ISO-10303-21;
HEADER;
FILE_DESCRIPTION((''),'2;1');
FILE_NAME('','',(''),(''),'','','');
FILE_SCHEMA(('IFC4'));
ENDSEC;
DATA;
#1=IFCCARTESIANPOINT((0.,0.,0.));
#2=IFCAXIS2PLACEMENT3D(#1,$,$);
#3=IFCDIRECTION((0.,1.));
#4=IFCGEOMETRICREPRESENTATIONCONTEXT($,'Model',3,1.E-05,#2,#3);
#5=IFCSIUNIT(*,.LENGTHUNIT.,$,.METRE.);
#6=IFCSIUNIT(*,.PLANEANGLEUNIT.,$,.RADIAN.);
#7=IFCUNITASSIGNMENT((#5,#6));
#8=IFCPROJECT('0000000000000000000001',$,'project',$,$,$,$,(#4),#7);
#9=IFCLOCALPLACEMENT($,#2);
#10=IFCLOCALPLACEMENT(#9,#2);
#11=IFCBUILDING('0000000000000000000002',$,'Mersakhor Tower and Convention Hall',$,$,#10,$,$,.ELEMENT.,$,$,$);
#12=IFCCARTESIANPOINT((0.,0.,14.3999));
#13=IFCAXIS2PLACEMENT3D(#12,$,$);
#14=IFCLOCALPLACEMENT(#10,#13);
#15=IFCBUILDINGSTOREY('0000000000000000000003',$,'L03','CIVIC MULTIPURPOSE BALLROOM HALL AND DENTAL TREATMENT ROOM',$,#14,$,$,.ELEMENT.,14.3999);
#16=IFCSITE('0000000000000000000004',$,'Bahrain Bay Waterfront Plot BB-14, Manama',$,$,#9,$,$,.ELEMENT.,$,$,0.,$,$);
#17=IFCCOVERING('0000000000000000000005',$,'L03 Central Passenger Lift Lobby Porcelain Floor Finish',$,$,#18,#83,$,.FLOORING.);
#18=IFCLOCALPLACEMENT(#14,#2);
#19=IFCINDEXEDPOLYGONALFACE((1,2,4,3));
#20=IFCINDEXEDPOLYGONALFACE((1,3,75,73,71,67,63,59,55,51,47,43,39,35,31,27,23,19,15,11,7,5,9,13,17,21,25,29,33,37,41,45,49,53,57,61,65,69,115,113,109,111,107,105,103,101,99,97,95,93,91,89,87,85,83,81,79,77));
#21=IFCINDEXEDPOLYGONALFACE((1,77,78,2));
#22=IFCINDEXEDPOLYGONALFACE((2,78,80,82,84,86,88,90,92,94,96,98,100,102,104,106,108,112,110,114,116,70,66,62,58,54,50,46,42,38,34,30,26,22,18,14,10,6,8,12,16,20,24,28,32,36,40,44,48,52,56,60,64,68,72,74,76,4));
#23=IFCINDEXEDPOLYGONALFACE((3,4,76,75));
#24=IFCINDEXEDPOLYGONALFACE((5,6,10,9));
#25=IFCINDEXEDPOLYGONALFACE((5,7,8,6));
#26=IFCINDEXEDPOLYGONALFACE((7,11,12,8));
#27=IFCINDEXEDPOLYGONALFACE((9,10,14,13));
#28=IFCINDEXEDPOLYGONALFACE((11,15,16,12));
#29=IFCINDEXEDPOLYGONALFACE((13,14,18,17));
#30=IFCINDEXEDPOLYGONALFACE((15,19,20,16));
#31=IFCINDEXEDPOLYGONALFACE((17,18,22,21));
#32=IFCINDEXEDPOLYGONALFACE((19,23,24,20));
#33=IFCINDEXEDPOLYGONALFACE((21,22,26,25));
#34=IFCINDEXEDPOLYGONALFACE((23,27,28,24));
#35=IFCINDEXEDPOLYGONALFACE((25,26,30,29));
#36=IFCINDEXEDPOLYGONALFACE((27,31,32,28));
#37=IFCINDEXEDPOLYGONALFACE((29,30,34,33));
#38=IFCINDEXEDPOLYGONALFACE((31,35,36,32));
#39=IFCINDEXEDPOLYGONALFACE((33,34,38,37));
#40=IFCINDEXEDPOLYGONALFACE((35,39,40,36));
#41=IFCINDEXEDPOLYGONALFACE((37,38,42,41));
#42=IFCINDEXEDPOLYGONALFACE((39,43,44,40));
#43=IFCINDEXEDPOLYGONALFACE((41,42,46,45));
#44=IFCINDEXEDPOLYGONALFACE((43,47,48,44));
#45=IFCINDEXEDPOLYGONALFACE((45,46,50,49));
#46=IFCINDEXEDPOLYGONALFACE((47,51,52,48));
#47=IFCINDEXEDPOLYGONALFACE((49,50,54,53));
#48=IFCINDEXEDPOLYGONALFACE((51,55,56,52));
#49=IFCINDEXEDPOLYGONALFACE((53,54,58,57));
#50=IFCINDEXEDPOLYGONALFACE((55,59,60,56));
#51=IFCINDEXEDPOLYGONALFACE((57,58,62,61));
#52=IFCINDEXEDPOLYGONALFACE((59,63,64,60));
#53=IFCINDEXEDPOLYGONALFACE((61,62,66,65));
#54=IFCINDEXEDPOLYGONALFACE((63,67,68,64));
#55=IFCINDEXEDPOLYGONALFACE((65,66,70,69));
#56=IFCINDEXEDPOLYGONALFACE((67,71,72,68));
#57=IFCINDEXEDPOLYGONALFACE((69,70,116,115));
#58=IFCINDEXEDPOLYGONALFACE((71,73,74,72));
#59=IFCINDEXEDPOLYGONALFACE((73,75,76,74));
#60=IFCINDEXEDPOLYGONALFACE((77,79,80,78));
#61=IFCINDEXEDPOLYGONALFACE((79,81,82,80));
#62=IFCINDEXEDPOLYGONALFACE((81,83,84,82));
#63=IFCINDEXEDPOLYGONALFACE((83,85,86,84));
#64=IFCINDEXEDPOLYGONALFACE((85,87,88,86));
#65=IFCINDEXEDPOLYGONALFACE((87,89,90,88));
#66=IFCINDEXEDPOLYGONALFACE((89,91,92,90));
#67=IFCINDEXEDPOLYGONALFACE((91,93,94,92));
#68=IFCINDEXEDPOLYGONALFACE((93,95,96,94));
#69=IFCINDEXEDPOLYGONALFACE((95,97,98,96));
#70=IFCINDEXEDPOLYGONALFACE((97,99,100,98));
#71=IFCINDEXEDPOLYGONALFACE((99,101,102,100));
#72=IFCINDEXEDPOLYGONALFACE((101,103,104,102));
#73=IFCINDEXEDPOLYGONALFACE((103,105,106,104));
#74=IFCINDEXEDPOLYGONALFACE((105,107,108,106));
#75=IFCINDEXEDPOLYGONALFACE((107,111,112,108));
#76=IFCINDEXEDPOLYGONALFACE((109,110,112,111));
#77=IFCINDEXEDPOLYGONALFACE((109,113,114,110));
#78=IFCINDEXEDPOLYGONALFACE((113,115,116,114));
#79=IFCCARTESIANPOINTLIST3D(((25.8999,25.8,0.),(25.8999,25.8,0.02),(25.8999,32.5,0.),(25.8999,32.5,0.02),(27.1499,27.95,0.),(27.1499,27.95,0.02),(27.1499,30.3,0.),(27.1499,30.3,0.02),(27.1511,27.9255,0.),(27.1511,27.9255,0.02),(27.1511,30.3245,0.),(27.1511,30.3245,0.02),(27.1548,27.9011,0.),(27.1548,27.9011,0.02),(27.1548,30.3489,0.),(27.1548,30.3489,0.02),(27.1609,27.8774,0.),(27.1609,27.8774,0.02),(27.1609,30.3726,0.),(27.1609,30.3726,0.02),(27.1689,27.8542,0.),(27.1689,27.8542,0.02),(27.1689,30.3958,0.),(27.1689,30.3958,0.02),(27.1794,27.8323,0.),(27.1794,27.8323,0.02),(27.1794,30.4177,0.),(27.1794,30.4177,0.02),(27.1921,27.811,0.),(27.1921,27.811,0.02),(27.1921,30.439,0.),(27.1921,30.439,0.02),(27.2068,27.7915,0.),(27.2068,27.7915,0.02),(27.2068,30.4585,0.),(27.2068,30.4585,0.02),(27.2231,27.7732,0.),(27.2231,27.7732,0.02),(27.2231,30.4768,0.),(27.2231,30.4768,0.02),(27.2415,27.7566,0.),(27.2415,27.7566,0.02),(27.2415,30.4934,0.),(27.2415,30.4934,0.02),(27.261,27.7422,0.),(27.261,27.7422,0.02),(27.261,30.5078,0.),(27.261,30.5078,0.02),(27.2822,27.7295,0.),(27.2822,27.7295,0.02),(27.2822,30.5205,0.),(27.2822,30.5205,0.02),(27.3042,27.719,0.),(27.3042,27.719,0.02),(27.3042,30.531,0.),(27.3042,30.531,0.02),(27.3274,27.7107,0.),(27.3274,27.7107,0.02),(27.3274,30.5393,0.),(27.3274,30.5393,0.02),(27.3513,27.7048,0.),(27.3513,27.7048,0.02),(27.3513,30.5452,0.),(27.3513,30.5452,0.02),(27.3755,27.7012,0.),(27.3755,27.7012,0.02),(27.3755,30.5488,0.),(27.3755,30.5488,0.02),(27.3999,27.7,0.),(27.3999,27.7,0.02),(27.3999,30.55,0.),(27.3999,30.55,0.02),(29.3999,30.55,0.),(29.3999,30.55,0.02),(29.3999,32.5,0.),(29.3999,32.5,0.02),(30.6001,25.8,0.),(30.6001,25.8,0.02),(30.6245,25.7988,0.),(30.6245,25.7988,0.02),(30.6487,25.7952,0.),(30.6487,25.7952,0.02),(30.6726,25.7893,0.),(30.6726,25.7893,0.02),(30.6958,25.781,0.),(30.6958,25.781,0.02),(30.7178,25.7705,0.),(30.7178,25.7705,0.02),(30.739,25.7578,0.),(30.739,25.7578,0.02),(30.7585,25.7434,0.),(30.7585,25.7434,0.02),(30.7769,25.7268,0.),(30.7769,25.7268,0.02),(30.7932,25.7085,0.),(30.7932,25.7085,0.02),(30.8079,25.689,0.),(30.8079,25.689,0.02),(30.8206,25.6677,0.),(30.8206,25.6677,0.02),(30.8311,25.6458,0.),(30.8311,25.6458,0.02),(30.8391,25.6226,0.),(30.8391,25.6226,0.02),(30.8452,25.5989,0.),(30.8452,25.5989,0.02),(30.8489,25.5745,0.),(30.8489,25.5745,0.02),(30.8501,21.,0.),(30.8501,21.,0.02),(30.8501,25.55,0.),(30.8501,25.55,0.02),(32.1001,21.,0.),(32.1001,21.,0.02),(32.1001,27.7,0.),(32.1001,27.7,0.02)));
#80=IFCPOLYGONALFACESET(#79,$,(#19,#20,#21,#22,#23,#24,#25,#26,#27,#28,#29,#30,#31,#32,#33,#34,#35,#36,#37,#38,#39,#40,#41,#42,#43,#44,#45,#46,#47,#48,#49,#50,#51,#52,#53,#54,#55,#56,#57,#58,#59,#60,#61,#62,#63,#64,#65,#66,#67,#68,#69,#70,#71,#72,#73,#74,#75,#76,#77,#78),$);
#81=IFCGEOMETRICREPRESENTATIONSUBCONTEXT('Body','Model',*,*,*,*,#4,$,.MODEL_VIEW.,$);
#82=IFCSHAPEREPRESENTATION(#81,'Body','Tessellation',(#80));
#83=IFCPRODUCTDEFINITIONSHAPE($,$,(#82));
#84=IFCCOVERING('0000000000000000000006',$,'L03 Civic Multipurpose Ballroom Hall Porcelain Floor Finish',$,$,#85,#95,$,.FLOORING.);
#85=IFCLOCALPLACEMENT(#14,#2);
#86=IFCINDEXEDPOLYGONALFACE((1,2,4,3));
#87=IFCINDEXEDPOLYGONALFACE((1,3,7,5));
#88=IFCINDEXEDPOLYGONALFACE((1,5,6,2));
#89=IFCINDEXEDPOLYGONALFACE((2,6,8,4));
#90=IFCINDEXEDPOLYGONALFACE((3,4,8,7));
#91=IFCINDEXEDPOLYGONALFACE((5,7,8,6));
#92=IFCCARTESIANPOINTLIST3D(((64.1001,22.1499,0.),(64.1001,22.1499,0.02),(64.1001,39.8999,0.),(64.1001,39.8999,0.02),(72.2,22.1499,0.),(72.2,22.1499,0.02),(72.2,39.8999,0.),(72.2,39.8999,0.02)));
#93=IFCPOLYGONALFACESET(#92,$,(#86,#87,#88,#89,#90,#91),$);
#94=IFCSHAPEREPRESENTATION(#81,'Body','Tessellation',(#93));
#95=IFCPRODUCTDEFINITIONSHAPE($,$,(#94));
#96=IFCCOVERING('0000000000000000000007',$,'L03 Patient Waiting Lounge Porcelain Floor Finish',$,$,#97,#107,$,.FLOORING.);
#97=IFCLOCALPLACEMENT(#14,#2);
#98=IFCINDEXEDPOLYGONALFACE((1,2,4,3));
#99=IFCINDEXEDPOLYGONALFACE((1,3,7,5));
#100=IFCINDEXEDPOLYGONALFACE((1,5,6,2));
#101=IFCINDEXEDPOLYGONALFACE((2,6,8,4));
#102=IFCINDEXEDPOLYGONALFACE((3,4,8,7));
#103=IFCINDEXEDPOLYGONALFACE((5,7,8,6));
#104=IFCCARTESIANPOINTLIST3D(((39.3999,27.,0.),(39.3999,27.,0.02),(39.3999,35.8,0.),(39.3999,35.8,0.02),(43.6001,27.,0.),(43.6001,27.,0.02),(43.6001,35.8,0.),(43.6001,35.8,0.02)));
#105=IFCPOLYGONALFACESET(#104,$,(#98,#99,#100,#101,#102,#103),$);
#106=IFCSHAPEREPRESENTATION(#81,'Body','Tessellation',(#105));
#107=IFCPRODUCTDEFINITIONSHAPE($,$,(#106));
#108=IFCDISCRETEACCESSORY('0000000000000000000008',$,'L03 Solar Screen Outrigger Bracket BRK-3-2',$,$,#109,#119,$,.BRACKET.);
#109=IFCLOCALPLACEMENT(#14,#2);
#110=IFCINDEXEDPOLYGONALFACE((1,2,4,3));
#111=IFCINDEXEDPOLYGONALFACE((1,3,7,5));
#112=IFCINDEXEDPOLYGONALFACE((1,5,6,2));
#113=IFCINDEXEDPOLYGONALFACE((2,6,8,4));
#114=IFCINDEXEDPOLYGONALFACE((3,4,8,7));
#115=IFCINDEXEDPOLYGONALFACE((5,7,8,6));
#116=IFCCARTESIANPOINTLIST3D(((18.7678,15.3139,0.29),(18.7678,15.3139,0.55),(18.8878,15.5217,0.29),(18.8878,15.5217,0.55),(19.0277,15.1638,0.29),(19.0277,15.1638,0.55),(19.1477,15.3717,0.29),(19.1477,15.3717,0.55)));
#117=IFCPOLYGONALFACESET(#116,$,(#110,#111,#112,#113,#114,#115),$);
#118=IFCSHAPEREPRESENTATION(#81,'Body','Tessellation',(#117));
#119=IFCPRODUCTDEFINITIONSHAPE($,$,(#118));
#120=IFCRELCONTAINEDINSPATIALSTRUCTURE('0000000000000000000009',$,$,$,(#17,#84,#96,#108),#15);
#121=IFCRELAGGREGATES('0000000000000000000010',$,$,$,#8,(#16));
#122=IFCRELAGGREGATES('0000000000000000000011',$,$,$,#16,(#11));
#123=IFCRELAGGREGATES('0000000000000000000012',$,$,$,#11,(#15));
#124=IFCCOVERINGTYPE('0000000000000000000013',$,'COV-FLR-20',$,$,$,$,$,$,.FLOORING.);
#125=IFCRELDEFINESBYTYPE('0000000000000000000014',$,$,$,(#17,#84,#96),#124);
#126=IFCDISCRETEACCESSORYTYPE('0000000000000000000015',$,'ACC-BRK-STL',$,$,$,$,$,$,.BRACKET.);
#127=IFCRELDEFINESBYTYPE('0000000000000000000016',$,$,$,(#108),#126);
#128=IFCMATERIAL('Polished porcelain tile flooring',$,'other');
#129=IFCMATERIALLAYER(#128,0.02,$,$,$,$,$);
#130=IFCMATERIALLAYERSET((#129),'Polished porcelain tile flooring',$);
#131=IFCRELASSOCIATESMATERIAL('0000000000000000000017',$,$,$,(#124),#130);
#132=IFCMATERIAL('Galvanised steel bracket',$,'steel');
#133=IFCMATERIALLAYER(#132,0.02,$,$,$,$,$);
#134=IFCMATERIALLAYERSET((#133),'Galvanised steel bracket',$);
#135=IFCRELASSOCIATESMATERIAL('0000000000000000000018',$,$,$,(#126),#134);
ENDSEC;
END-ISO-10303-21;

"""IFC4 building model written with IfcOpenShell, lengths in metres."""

from ifc_helpers import new_model, si_unit, direction, frame, origin, origin_2d, place, context, subcontext, project, spatial, polyline, rectangle, outline, extrude, material, layer, layer_set, type_object, element, save


model = new_model("IFC4")

# Units and contexts
model_context = context("Model", 3, precision=1e-05, world=origin(), true_north=direction((0.0, 1.0)))
body_context = subcontext(model_context, "Body", "Model", "MODEL_VIEW")
ifc_project = project(units=[si_unit("LENGTHUNIT", "METRE"), si_unit("PLANEANGLEUNIT", "RADIAN")], contexts=[model_context])

# Site, building, storey
site_placement = place(None, origin())
site = spatial("IfcSite", under=ifc_project, at=site_placement, Name="Bahrain Bay Waterfront Plot BB-14, Manama", CompositionType="ELEMENT", RefElevation=0.0)
building_placement = place(site_placement, origin())
building = spatial("IfcBuilding", under=site, at=building_placement, Name="Mersakhor Tower and Convention Hall", CompositionType="ELEMENT")
storey_placement = place(building_placement, frame((0.0, 0.0, 14.3999)))
storey = spatial("IfcBuildingStorey", under=building, at=storey_placement, Name="L03", Description="CIVIC MULTIPURPOSE BALLROOM HALL AND DENTAL TREATMENT ROOM", CompositionType="ELEMENT", Elevation=14.3999)

# Coverings
ifc_material_1 = material(Name="Polished porcelain tile flooring", Category="other")
ifc_layer_1 = layer(ifc_material_1, 0.02)
ifc_layer_set_1 = layer_set([ifc_layer_1], Name="Polished porcelain tile flooring")
covering_type_1 = type_object("IfcCoveringType", Name="COV-FLR-20", PredefinedType="FLOORING", material=ifc_layer_set_1)
covering_1_placement = place(storey_placement, origin())
element("IfcCovering", 1, at=covering_1_placement, inside=storey, type_object=covering_type_1, Name="L03 Central Passenger Lift Lobby Porcelain Floor Finish", PredefinedType="FLOORING", context=body_context, shape_type="SweptSolid", body=[
    extrude(outline(polyline([(30.8501, 21.0), (30.8501, 25.55), (30.8489, 25.5745), (30.8452, 25.5989), (30.8391, 25.6226), (30.8311, 25.6458), (30.8206, 25.6677), (30.8079, 25.689), (30.7932, 25.7085), (30.7769, 25.7268), (30.7585, 25.7434), (30.739, 25.7578), (30.7178, 25.7705), (30.6958, 25.781), (30.6726, 25.7893), (30.6487, 25.7952), (30.6245, 25.7988), (30.6001, 25.8), (25.8999, 25.8), (25.8999, 32.5), (29.3999, 32.5), (29.3999, 30.55), (27.3999, 30.55), (27.3755, 30.5488), (27.3513, 30.5452), (27.3274, 30.5393), (27.3042, 30.531), (27.2822, 30.5205), (27.261, 30.5078), (27.2415, 30.4934), (27.2231, 30.4768), (27.2068, 30.4585), (27.1921, 30.439), (27.1794, 30.4177), (27.1689, 30.3958), (27.1609, 30.3726), (27.1548, 30.3489), (27.1511, 30.3245), (27.1499, 30.3), (27.1499, 27.95), (27.1511, 27.9255), (27.1548, 27.9011), (27.1609, 27.8774), (27.1689, 27.8542), (27.1794, 27.8323), (27.1921, 27.811), (27.2068, 27.7915), (27.2231, 27.7732), (27.2415, 27.7566), (27.261, 27.7422), (27.2822, 27.7295), (27.3042, 27.719), (27.3274, 27.7107), (27.3513, 27.7048), (27.3755, 27.7012), (27.3999, 27.7), (32.1001, 27.7), (32.1001, 21.0), (30.8501, 21.0)])), origin(), (0.0, 0.0, 1.0), 0.02),
])
covering_2_placement = place(storey_placement, origin())
element("IfcCovering", 2, at=covering_2_placement, inside=storey, type_object=covering_type_1, Name="L03 Civic Multipurpose Ballroom Hall Porcelain Floor Finish", PredefinedType="FLOORING", context=body_context, shape_type="SweptSolid", body=[
    extrude(outline(polyline([(64.1001, 39.8999), (72.2, 39.8999), (72.2, 22.1499), (64.1001, 22.1499), (64.1001, 39.8999)])), origin(), (0.0, 0.0, 1.0), 0.02),
])
covering_3_placement = place(storey_placement, origin())
element("IfcCovering", 3, at=covering_3_placement, inside=storey, type_object=covering_type_1, Name="L03 Patient Waiting Lounge Porcelain Floor Finish", PredefinedType="FLOORING", context=body_context, shape_type="SweptSolid", body=[
    extrude(outline(polyline([(39.3999, 27.0), (39.3999, 35.8), (43.6001, 35.8), (43.6001, 27.0), (39.3999, 27.0)])), origin(), (0.0, 0.0, 1.0), 0.02),
])

# Discrete accessory
ifc_material_2 = material(Name="Galvanised steel bracket", Category="steel")
ifc_layer_2 = layer(ifc_material_2, 0.02)
ifc_layer_set_2 = layer_set([ifc_layer_2], Name="Galvanised steel bracket")
discrete_accessory_type = type_object("IfcDiscreteAccessoryType", Name="ACC-BRK-STL", PredefinedType="BRACKET", material=ifc_layer_set_2)
discrete_accessory_placement = place(storey_placement, frame((18.9578, 15.3428, 0.29), z_axis=(0.0, 0.0, 1.0), x_axis=(-0.866025, 0.5, 0.0)))
element("IfcDiscreteAccessory", 4, at=discrete_accessory_placement, inside=storey, type_object=discrete_accessory_type, Name="L03 Solar Screen Outrigger Bracket BRK-3-2", PredefinedType="BRACKET", context=body_context, shape_type="SweptSolid", body=[
    extrude(rectangle(XDim=0.3, YDim=0.24, at=origin_2d()), origin(), (0.0, 0.0, 1.0), 0.26),
])

save(model, "model.ifc")
